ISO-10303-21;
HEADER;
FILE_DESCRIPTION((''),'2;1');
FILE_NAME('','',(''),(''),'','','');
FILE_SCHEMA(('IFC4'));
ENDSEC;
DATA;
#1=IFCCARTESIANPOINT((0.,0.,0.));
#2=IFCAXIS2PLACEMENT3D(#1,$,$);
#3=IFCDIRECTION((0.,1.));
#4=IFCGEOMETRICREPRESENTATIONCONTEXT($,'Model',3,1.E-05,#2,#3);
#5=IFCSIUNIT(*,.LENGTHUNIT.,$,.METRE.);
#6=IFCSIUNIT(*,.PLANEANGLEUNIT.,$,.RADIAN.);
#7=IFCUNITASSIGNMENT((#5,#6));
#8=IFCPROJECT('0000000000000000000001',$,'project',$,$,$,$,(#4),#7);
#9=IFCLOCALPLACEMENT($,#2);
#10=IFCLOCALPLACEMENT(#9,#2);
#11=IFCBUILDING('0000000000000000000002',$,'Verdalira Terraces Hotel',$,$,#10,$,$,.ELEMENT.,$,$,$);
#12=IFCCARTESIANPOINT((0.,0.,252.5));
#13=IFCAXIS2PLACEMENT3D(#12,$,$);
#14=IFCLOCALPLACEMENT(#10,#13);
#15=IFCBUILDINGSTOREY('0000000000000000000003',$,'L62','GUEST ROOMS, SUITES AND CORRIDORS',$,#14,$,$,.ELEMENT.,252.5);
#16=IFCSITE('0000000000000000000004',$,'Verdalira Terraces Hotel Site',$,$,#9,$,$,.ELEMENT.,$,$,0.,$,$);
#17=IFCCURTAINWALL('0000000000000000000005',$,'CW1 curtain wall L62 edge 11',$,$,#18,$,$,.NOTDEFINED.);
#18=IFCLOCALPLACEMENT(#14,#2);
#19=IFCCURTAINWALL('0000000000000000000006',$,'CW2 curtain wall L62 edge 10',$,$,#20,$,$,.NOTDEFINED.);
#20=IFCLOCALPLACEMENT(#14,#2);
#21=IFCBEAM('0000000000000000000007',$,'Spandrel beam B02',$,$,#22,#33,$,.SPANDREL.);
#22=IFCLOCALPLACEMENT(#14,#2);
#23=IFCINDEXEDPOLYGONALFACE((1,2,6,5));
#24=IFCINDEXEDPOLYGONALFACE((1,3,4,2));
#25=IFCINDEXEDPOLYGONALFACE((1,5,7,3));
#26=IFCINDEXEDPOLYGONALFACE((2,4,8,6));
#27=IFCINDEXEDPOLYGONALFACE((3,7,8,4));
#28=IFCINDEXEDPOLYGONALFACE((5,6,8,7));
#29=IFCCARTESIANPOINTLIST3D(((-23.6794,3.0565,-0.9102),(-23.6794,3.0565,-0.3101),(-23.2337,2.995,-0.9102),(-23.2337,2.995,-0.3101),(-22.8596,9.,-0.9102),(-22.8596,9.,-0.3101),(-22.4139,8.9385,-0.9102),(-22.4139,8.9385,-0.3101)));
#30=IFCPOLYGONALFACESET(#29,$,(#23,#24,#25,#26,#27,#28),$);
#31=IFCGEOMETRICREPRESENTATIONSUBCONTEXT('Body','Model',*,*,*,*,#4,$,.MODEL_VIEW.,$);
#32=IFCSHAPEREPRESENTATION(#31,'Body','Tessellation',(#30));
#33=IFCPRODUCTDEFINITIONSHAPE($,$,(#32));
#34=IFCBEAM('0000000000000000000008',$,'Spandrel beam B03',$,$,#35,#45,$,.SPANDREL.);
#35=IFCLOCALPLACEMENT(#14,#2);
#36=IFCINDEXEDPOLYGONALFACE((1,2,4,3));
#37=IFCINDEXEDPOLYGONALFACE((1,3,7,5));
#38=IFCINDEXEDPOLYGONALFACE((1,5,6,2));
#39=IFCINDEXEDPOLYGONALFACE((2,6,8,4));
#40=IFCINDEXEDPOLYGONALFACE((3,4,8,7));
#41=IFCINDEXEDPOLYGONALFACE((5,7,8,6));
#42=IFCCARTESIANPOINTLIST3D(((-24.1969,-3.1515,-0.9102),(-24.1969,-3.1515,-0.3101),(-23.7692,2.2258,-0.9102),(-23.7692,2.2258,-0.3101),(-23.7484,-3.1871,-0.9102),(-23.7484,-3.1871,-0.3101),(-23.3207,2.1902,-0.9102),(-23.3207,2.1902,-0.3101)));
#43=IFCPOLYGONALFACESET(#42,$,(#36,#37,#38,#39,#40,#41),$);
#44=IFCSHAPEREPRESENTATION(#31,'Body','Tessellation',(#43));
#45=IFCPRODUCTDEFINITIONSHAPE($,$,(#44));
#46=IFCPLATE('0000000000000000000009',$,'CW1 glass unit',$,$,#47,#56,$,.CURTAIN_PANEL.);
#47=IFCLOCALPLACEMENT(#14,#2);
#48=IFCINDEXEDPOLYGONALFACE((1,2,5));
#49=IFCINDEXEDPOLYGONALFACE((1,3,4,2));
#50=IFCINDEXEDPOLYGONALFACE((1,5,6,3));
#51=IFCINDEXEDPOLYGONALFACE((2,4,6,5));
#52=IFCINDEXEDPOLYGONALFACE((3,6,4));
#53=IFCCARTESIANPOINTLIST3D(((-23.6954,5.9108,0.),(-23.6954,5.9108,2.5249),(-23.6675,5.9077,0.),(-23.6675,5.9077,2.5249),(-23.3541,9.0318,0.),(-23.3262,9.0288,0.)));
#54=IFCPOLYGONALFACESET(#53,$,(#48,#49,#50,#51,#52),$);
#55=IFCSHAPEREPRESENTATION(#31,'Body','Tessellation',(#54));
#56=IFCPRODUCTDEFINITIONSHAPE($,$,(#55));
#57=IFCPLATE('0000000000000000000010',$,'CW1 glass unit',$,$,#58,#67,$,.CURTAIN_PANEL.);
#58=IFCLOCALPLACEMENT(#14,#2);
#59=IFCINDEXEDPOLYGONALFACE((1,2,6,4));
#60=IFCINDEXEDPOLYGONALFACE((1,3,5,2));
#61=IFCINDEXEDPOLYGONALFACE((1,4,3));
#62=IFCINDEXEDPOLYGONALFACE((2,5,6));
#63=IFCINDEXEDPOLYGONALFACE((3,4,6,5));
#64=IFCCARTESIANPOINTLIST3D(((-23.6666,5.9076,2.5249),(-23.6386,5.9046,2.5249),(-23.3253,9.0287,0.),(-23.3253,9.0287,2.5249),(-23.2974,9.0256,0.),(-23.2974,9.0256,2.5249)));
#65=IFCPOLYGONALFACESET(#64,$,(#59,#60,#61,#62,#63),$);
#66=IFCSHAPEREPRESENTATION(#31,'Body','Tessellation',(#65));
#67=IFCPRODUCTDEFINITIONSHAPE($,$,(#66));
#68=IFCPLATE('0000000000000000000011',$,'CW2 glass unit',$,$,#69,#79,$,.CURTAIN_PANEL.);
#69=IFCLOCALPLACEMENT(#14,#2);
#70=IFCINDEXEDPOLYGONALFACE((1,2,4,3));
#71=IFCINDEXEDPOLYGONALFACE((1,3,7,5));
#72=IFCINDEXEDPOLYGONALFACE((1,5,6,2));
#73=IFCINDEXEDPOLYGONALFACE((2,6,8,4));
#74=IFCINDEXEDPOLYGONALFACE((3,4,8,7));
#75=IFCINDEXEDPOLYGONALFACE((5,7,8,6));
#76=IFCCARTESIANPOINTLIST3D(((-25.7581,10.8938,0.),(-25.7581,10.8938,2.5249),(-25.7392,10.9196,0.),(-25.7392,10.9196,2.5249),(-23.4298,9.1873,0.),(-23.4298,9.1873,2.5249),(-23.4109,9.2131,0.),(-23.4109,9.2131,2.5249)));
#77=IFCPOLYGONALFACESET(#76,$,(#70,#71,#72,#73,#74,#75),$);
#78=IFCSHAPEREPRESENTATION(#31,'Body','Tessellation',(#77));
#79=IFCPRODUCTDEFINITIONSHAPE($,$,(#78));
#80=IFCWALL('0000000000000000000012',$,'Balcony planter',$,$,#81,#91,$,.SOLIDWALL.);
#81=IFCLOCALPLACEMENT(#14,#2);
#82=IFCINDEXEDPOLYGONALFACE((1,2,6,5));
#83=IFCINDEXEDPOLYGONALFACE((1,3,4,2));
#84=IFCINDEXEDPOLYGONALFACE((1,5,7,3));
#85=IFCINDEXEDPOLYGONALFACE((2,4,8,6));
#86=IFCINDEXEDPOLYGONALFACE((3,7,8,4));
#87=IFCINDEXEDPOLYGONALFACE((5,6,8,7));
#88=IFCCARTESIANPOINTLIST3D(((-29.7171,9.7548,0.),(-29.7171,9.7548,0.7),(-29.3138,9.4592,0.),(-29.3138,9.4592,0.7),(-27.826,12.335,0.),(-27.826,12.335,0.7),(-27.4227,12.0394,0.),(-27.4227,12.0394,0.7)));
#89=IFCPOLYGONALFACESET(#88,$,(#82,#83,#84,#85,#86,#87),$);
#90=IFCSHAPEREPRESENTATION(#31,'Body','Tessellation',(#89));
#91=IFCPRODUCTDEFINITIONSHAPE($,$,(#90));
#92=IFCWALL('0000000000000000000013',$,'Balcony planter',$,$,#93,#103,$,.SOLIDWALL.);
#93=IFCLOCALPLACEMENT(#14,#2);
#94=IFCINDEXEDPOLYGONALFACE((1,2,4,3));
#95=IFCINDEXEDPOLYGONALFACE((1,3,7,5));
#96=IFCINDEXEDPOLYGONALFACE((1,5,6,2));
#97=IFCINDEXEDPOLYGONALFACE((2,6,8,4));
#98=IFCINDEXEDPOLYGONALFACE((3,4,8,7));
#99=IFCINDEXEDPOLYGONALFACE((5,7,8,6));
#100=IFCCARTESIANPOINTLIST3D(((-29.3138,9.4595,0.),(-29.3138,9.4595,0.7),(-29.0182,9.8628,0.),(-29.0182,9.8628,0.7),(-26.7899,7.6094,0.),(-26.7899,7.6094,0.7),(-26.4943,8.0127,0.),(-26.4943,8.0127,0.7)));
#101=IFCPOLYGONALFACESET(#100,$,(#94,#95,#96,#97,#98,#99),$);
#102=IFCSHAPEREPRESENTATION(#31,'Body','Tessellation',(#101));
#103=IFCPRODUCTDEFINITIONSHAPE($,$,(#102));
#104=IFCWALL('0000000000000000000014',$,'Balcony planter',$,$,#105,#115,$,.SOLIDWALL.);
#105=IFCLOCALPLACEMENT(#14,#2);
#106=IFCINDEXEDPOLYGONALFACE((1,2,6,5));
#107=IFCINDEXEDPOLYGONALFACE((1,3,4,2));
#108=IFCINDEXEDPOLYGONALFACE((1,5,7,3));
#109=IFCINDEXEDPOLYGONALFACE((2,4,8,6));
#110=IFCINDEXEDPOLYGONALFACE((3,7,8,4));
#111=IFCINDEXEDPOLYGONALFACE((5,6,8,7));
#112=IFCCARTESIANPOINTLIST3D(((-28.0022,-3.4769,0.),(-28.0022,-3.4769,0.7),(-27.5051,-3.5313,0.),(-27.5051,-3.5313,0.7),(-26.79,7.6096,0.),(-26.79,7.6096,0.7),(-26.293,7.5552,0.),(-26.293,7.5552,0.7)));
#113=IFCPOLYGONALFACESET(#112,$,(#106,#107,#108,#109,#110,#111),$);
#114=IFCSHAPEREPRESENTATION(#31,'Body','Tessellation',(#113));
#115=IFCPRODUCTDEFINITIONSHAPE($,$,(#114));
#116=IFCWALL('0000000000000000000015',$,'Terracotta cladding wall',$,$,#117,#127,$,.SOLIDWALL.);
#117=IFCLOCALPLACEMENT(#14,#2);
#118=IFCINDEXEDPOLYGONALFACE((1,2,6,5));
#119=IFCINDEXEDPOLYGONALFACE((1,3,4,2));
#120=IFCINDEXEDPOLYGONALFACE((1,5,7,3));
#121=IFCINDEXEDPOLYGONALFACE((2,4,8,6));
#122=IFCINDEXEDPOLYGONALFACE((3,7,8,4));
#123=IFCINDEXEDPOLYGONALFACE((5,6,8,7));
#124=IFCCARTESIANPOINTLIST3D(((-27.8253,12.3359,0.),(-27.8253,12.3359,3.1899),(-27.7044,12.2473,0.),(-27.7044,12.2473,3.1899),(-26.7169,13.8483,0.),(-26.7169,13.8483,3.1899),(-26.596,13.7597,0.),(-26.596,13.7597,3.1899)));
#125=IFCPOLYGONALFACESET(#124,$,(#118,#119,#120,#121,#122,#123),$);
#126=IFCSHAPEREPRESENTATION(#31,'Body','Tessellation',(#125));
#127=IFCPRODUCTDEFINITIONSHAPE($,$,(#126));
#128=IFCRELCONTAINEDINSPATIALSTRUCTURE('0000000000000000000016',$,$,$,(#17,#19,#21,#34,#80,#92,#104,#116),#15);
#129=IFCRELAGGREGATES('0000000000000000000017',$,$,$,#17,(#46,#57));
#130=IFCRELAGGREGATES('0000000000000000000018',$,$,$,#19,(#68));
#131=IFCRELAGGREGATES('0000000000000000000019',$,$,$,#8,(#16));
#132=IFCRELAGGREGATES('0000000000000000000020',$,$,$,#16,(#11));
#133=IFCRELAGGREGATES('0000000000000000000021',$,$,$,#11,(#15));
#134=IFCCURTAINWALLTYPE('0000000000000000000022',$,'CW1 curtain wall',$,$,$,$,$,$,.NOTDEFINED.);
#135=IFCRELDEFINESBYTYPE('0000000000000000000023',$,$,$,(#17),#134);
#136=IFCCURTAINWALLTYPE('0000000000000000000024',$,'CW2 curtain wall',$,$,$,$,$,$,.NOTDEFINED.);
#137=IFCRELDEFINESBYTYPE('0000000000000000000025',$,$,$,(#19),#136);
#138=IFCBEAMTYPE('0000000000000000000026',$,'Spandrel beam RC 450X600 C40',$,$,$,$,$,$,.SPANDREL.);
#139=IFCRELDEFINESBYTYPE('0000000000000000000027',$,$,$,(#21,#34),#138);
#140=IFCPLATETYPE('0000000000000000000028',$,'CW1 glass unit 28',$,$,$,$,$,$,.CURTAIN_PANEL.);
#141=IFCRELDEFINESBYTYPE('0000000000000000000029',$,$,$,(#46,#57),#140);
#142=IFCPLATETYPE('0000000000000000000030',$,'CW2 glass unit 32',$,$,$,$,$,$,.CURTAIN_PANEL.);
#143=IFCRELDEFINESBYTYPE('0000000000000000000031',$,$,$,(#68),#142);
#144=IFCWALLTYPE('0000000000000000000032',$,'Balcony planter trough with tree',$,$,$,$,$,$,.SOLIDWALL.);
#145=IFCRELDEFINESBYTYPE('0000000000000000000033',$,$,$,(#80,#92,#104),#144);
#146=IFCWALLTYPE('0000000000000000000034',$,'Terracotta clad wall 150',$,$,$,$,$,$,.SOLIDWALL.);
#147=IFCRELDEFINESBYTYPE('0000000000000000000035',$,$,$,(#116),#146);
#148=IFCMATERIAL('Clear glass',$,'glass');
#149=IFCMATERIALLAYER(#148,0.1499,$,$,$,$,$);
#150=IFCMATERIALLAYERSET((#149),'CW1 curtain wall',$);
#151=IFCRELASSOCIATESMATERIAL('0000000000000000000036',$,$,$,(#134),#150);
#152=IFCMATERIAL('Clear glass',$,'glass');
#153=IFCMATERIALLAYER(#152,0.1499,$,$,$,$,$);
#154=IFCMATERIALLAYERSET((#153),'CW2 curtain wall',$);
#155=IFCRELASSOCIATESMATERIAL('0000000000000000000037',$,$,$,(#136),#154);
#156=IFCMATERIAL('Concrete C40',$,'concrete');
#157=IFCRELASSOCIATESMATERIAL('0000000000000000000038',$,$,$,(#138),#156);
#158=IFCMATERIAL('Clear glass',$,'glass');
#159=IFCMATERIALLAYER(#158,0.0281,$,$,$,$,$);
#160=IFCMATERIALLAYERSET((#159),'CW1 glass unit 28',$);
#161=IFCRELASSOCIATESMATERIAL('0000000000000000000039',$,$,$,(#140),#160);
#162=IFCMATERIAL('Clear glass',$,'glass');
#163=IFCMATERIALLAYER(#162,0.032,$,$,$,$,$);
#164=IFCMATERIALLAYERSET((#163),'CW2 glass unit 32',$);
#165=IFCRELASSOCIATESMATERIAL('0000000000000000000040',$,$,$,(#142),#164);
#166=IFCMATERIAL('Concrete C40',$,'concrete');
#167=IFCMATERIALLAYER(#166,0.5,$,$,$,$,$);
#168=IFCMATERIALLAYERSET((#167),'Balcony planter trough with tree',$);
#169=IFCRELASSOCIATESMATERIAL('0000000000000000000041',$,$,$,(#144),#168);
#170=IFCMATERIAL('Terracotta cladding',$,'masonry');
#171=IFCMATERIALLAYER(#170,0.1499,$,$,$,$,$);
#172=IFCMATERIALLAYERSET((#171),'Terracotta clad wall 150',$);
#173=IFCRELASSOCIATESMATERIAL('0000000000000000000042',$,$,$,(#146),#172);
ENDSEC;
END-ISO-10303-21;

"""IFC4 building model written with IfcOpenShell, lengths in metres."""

from ifc_helpers import new_model, si_unit, direction, frame, frame_2d, origin, origin_2d, place, context, subcontext, project, spatial, polyline, rectangle, outline, extrude, material, layer, layer_set, material_profile, profile_set, type_object, element, aggregate, save


model = new_model("IFC4")

# Units and contexts
model_context = context("Model", 3, precision=1e-05, world=origin(), true_north=direction((0.0, 1.0)))
body_context = subcontext(model_context, "Body", "Model", "MODEL_VIEW")
ifc_project = project(units=[si_unit("LENGTHUNIT", "METRE"), si_unit("PLANEANGLEUNIT", "RADIAN")], contexts=[model_context])

# Site, building, storey
site_placement = place(None, origin())
site = spatial("IfcSite", under=ifc_project, at=site_placement, Name="Verdalira Terraces Hotel Site", CompositionType="ELEMENT", RefElevation=0.0)
building_placement = place(site_placement, origin())
building = spatial("IfcBuilding", under=site, at=building_placement, Name="Verdalira Terraces Hotel", CompositionType="ELEMENT")
storey_placement = place(building_placement, frame((0.0, 0.0, 252.5)))
storey = spatial("IfcBuildingStorey", under=building, at=storey_placement, Name="L62", Description="GUEST ROOMS, SUITES AND CORRIDORS", CompositionType="ELEMENT", Elevation=252.5)

# Curtain walls
ifc_material_1 = material(Name="Clear glass", Category="glass")
ifc_layer_1 = layer(ifc_material_1, 0.1499)
ifc_layer_set_1 = layer_set([ifc_layer_1], Name="CW1 curtain wall")
curtain_wall_type_1 = type_object("IfcCurtainWallType", Name="CW1 curtain wall", PredefinedType="NOTDEFINED", material=ifc_layer_set_1)
curtain_wall_1_placement = place(storey_placement, origin())
curtain_wall_1 = element("IfcCurtainWall", 1, at=curtain_wall_1_placement, inside=storey, type_object=curtain_wall_type_1, Name="CW1 curtain wall L62 edge 11", PredefinedType="NOTDEFINED")
ifc_material_2 = material(Name="Clear glass", Category="glass")
ifc_layer_2 = layer(ifc_material_2, 0.1499)
ifc_layer_set_2 = layer_set([ifc_layer_2], Name="CW2 curtain wall")
curtain_wall_type_2 = type_object("IfcCurtainWallType", Name="CW2 curtain wall", PredefinedType="NOTDEFINED", material=ifc_layer_set_2)
curtain_wall_2_placement = place(storey_placement, origin())
curtain_wall_2 = element("IfcCurtainWall", 2, at=curtain_wall_2_placement, inside=storey, type_object=curtain_wall_type_2, Name="CW2 curtain wall L62 edge 10", PredefinedType="NOTDEFINED")

# Beams
ifc_material_3 = material(Name="Concrete C40", Category="concrete")
ifc_material_profile_1 = material_profile(ifc_material_3, rectangle(XDim=0.45, YDim=0.6001, at=origin_2d()), Name="RC 450X600")
ifc_profile_set_1 = profile_set([ifc_material_profile_1], Name="Concrete C40")
beam_type_1 = type_object("IfcBeamType", Name="Spandrel beam RC 450X600 C40", PredefinedType="SPANDREL", material=ifc_profile_set_1)
beam_1_placement = place(storey_placement, frame((-22.6367, 8.9692, -0.6101), z_axis=(-0.13664, -0.990621, 0.0), x_axis=(0.990621, -0.13664, 0.0)))
element("IfcBeam", 3, at=beam_1_placement, inside=storey, type_object=beam_type_1, Name="Spandrel beam B02", PredefinedType="SPANDREL", context=body_context, shape_type="SweptSolid", body=[
    extrude(rectangle(XDim=0.45, YDim=0.6001, at=origin_2d()), origin(), (0.0, 0.0, 1.0), 5.9998),
])
beam_2_placement = place(storey_placement, frame((-23.5449, 2.208, -0.6101), z_axis=(-0.079295, -0.996851, 0.0), x_axis=(0.996851, -0.079295, 0.0)))
element("IfcBeam", 4, at=beam_2_placement, inside=storey, type_object=beam_type_1, Name="Spandrel beam B03", PredefinedType="SPANDREL", context=body_context, shape_type="SweptSolid", body=[
    extrude(rectangle(XDim=0.45, YDim=0.6001, at=origin_2d()), origin(), (0.0, 0.0, 1.0), 5.3943),
])

# Plates
ifc_material_4 = material(Name="Clear glass", Category="glass")
ifc_layer_3 = layer(ifc_material_4, 0.0281)
ifc_layer_set_3 = layer_set([ifc_layer_3], Name="CW1 glass unit 28")
plate_type_1 = type_object("IfcPlateType", Name="CW1 glass unit 28", PredefinedType="CURTAIN_PANEL", material=ifc_layer_set_3)
plate_1_placement = place(storey_placement, frame((-23.4968, 7.4683, 1.2625), z_axis=(-0.994075, 0.108693, 0.0), x_axis=(-0.108693, -0.994075, 0.0)))
plate_1 = element("IfcPlate", 5, at=plate_1_placement, type_object=plate_type_1, Name="CW1 glass unit", PredefinedType="CURTAIN_PANEL", context=body_context, shape_type="SweptSolid", body=[
    extrude(outline(polyline([(-1.5698, -1.2625), (1.5698, -1.2625), (1.5698, 1.2625), (-1.5698, -1.2625)])), origin(), (0.0, 0.0, 1.0), 0.0281),
])
plate_2_placement = place(storey_placement, frame((-23.468, 7.4651, 1.2625), z_axis=(-0.994075, 0.108693, 0.0), x_axis=(-0.108693, -0.994075, 0.0)))
plate_2 = element("IfcPlate", 6, at=plate_2_placement, type_object=plate_type_1, Name="CW1 glass unit", PredefinedType="CURTAIN_PANEL", context=body_context, shape_type="SweptSolid", body=[
    extrude(outline(polyline([(-1.5698, -1.2625), (1.5698, 1.2625), (-1.5698, 1.2625), (-1.5698, -1.2625)])), origin(), (0.0, 0.0, 1.0), 0.0281),
])
aggregate(curtain_wall_1, [plate_1, plate_2])
ifc_material_5 = material(Name="Clear glass", Category="glass")
ifc_layer_4 = layer(ifc_material_5, 0.032)
ifc_layer_set_4 = layer_set([ifc_layer_4], Name="CW2 glass unit 32")
plate_type_2 = type_object("IfcPlateType", Name="CW2 glass unit 32", PredefinedType="CURTAIN_PANEL", material=ifc_layer_set_4)
plate_3_placement = place(storey_placement, frame((-24.5845, 10.0535, 0.0), z_axis=(0.0, 0.0, 1.0), x_axis=(0.806548, -0.591169, 0.0)))
plate_3 = element("IfcPlate", 7, at=plate_3_placement, type_object=plate_type_2, Name="CW2 glass unit", PredefinedType="CURTAIN_PANEL", context=body_context, shape_type="SweptSolid", body=[
    extrude(rectangle(XDim=2.8867, YDim=0.032, at=origin_2d()), origin(), (0.0, 0.0, 1.0), 2.5249),
])
aggregate(curtain_wall_2, [plate_3])

# Walls
ifc_material_6 = material(Name="Concrete C40", Category="concrete")
ifc_layer_5 = layer(ifc_material_6, 0.5)
ifc_layer_set_5 = layer_set([ifc_layer_5], Name="Balcony planter trough with tree")
wall_type_1 = type_object("IfcWallType", Name="Balcony planter trough with tree", PredefinedType="SOLIDWALL", material=ifc_layer_set_5)
wall_1_placement = place(storey_placement, frame((-27.6243, 12.1873, 0.0), z_axis=(0.0, 0.0, 1.0), x_axis=(-0.591172, -0.806546, 0.0)))
element("IfcWall", 8, at=wall_1_placement, inside=storey, type_object=wall_type_1, Name="Balcony planter", PredefinedType="SOLIDWALL", context=body_context, shape_type="SweptSolid", body=[
    extrude(rectangle(XDim=3.199, YDim=0.5, at=frame_2d((1.5996, 0.0))), origin(), (0.0, 0.0, 1.0), 0.7),
])
wall_2_placement = place(storey_placement, frame((-29.166, 9.6611, 0.0), z_axis=(0.0, 0.0, 1.0), x_axis=(0.806524, -0.591201, 0.0)))
element("IfcWall", 9, at=wall_2_placement, inside=storey, type_object=wall_type_1, Name="Balcony planter", PredefinedType="SOLIDWALL", context=body_context, shape_type="SweptSolid", body=[
    extrude(rectangle(XDim=3.1294, YDim=0.5, at=frame_2d((1.5647, 0.0))), origin(), (0.0, 0.0, 1.0), 0.7),
])
wall_3_placement = place(storey_placement, frame((-26.5415, 7.5823, 0.0), z_axis=(0.0, 0.0, 1.0), x_axis=(-0.108689, -0.994076, 0.0)))
element("IfcWall", 10, at=wall_3_placement, inside=storey, type_object=wall_type_1, Name="Balcony planter", PredefinedType="SOLIDWALL", context=body_context, shape_type="SweptSolid", body=[
    extrude(rectangle(XDim=11.1526, YDim=0.5, at=frame_2d((5.5762, 0.0))), origin(), (0.0, 0.0, 1.0), 0.7),
])
ifc_material_7 = material(Name="Terracotta cladding", Category="masonry")
ifc_layer_6 = layer(ifc_material_7, 0.1499)
ifc_layer_set_6 = layer_set([ifc_layer_6], Name="Terracotta clad wall 150")
wall_type_2 = type_object("IfcWallType", Name="Terracotta clad wall 150", PredefinedType="SOLIDWALL", material=ifc_layer_set_6)
wall_4_placement = place(storey_placement, frame((-26.6565, 13.804, 0.0), z_axis=(0.0, 0.0, 1.0), x_axis=(-0.59111, -0.806591, 0.0)))
element("IfcWall", 11, at=wall_4_placement, inside=storey, type_object=wall_type_2, Name="Terracotta cladding wall", PredefinedType="SOLIDWALL", context=body_context, shape_type="SweptSolid", body=[
    extrude(rectangle(XDim=1.875, YDim=0.1499, at=frame_2d((0.9375, 0.0))), origin(), (0.0, 0.0, 1.0), 3.1899),
])

save(model, "model.ifc")
